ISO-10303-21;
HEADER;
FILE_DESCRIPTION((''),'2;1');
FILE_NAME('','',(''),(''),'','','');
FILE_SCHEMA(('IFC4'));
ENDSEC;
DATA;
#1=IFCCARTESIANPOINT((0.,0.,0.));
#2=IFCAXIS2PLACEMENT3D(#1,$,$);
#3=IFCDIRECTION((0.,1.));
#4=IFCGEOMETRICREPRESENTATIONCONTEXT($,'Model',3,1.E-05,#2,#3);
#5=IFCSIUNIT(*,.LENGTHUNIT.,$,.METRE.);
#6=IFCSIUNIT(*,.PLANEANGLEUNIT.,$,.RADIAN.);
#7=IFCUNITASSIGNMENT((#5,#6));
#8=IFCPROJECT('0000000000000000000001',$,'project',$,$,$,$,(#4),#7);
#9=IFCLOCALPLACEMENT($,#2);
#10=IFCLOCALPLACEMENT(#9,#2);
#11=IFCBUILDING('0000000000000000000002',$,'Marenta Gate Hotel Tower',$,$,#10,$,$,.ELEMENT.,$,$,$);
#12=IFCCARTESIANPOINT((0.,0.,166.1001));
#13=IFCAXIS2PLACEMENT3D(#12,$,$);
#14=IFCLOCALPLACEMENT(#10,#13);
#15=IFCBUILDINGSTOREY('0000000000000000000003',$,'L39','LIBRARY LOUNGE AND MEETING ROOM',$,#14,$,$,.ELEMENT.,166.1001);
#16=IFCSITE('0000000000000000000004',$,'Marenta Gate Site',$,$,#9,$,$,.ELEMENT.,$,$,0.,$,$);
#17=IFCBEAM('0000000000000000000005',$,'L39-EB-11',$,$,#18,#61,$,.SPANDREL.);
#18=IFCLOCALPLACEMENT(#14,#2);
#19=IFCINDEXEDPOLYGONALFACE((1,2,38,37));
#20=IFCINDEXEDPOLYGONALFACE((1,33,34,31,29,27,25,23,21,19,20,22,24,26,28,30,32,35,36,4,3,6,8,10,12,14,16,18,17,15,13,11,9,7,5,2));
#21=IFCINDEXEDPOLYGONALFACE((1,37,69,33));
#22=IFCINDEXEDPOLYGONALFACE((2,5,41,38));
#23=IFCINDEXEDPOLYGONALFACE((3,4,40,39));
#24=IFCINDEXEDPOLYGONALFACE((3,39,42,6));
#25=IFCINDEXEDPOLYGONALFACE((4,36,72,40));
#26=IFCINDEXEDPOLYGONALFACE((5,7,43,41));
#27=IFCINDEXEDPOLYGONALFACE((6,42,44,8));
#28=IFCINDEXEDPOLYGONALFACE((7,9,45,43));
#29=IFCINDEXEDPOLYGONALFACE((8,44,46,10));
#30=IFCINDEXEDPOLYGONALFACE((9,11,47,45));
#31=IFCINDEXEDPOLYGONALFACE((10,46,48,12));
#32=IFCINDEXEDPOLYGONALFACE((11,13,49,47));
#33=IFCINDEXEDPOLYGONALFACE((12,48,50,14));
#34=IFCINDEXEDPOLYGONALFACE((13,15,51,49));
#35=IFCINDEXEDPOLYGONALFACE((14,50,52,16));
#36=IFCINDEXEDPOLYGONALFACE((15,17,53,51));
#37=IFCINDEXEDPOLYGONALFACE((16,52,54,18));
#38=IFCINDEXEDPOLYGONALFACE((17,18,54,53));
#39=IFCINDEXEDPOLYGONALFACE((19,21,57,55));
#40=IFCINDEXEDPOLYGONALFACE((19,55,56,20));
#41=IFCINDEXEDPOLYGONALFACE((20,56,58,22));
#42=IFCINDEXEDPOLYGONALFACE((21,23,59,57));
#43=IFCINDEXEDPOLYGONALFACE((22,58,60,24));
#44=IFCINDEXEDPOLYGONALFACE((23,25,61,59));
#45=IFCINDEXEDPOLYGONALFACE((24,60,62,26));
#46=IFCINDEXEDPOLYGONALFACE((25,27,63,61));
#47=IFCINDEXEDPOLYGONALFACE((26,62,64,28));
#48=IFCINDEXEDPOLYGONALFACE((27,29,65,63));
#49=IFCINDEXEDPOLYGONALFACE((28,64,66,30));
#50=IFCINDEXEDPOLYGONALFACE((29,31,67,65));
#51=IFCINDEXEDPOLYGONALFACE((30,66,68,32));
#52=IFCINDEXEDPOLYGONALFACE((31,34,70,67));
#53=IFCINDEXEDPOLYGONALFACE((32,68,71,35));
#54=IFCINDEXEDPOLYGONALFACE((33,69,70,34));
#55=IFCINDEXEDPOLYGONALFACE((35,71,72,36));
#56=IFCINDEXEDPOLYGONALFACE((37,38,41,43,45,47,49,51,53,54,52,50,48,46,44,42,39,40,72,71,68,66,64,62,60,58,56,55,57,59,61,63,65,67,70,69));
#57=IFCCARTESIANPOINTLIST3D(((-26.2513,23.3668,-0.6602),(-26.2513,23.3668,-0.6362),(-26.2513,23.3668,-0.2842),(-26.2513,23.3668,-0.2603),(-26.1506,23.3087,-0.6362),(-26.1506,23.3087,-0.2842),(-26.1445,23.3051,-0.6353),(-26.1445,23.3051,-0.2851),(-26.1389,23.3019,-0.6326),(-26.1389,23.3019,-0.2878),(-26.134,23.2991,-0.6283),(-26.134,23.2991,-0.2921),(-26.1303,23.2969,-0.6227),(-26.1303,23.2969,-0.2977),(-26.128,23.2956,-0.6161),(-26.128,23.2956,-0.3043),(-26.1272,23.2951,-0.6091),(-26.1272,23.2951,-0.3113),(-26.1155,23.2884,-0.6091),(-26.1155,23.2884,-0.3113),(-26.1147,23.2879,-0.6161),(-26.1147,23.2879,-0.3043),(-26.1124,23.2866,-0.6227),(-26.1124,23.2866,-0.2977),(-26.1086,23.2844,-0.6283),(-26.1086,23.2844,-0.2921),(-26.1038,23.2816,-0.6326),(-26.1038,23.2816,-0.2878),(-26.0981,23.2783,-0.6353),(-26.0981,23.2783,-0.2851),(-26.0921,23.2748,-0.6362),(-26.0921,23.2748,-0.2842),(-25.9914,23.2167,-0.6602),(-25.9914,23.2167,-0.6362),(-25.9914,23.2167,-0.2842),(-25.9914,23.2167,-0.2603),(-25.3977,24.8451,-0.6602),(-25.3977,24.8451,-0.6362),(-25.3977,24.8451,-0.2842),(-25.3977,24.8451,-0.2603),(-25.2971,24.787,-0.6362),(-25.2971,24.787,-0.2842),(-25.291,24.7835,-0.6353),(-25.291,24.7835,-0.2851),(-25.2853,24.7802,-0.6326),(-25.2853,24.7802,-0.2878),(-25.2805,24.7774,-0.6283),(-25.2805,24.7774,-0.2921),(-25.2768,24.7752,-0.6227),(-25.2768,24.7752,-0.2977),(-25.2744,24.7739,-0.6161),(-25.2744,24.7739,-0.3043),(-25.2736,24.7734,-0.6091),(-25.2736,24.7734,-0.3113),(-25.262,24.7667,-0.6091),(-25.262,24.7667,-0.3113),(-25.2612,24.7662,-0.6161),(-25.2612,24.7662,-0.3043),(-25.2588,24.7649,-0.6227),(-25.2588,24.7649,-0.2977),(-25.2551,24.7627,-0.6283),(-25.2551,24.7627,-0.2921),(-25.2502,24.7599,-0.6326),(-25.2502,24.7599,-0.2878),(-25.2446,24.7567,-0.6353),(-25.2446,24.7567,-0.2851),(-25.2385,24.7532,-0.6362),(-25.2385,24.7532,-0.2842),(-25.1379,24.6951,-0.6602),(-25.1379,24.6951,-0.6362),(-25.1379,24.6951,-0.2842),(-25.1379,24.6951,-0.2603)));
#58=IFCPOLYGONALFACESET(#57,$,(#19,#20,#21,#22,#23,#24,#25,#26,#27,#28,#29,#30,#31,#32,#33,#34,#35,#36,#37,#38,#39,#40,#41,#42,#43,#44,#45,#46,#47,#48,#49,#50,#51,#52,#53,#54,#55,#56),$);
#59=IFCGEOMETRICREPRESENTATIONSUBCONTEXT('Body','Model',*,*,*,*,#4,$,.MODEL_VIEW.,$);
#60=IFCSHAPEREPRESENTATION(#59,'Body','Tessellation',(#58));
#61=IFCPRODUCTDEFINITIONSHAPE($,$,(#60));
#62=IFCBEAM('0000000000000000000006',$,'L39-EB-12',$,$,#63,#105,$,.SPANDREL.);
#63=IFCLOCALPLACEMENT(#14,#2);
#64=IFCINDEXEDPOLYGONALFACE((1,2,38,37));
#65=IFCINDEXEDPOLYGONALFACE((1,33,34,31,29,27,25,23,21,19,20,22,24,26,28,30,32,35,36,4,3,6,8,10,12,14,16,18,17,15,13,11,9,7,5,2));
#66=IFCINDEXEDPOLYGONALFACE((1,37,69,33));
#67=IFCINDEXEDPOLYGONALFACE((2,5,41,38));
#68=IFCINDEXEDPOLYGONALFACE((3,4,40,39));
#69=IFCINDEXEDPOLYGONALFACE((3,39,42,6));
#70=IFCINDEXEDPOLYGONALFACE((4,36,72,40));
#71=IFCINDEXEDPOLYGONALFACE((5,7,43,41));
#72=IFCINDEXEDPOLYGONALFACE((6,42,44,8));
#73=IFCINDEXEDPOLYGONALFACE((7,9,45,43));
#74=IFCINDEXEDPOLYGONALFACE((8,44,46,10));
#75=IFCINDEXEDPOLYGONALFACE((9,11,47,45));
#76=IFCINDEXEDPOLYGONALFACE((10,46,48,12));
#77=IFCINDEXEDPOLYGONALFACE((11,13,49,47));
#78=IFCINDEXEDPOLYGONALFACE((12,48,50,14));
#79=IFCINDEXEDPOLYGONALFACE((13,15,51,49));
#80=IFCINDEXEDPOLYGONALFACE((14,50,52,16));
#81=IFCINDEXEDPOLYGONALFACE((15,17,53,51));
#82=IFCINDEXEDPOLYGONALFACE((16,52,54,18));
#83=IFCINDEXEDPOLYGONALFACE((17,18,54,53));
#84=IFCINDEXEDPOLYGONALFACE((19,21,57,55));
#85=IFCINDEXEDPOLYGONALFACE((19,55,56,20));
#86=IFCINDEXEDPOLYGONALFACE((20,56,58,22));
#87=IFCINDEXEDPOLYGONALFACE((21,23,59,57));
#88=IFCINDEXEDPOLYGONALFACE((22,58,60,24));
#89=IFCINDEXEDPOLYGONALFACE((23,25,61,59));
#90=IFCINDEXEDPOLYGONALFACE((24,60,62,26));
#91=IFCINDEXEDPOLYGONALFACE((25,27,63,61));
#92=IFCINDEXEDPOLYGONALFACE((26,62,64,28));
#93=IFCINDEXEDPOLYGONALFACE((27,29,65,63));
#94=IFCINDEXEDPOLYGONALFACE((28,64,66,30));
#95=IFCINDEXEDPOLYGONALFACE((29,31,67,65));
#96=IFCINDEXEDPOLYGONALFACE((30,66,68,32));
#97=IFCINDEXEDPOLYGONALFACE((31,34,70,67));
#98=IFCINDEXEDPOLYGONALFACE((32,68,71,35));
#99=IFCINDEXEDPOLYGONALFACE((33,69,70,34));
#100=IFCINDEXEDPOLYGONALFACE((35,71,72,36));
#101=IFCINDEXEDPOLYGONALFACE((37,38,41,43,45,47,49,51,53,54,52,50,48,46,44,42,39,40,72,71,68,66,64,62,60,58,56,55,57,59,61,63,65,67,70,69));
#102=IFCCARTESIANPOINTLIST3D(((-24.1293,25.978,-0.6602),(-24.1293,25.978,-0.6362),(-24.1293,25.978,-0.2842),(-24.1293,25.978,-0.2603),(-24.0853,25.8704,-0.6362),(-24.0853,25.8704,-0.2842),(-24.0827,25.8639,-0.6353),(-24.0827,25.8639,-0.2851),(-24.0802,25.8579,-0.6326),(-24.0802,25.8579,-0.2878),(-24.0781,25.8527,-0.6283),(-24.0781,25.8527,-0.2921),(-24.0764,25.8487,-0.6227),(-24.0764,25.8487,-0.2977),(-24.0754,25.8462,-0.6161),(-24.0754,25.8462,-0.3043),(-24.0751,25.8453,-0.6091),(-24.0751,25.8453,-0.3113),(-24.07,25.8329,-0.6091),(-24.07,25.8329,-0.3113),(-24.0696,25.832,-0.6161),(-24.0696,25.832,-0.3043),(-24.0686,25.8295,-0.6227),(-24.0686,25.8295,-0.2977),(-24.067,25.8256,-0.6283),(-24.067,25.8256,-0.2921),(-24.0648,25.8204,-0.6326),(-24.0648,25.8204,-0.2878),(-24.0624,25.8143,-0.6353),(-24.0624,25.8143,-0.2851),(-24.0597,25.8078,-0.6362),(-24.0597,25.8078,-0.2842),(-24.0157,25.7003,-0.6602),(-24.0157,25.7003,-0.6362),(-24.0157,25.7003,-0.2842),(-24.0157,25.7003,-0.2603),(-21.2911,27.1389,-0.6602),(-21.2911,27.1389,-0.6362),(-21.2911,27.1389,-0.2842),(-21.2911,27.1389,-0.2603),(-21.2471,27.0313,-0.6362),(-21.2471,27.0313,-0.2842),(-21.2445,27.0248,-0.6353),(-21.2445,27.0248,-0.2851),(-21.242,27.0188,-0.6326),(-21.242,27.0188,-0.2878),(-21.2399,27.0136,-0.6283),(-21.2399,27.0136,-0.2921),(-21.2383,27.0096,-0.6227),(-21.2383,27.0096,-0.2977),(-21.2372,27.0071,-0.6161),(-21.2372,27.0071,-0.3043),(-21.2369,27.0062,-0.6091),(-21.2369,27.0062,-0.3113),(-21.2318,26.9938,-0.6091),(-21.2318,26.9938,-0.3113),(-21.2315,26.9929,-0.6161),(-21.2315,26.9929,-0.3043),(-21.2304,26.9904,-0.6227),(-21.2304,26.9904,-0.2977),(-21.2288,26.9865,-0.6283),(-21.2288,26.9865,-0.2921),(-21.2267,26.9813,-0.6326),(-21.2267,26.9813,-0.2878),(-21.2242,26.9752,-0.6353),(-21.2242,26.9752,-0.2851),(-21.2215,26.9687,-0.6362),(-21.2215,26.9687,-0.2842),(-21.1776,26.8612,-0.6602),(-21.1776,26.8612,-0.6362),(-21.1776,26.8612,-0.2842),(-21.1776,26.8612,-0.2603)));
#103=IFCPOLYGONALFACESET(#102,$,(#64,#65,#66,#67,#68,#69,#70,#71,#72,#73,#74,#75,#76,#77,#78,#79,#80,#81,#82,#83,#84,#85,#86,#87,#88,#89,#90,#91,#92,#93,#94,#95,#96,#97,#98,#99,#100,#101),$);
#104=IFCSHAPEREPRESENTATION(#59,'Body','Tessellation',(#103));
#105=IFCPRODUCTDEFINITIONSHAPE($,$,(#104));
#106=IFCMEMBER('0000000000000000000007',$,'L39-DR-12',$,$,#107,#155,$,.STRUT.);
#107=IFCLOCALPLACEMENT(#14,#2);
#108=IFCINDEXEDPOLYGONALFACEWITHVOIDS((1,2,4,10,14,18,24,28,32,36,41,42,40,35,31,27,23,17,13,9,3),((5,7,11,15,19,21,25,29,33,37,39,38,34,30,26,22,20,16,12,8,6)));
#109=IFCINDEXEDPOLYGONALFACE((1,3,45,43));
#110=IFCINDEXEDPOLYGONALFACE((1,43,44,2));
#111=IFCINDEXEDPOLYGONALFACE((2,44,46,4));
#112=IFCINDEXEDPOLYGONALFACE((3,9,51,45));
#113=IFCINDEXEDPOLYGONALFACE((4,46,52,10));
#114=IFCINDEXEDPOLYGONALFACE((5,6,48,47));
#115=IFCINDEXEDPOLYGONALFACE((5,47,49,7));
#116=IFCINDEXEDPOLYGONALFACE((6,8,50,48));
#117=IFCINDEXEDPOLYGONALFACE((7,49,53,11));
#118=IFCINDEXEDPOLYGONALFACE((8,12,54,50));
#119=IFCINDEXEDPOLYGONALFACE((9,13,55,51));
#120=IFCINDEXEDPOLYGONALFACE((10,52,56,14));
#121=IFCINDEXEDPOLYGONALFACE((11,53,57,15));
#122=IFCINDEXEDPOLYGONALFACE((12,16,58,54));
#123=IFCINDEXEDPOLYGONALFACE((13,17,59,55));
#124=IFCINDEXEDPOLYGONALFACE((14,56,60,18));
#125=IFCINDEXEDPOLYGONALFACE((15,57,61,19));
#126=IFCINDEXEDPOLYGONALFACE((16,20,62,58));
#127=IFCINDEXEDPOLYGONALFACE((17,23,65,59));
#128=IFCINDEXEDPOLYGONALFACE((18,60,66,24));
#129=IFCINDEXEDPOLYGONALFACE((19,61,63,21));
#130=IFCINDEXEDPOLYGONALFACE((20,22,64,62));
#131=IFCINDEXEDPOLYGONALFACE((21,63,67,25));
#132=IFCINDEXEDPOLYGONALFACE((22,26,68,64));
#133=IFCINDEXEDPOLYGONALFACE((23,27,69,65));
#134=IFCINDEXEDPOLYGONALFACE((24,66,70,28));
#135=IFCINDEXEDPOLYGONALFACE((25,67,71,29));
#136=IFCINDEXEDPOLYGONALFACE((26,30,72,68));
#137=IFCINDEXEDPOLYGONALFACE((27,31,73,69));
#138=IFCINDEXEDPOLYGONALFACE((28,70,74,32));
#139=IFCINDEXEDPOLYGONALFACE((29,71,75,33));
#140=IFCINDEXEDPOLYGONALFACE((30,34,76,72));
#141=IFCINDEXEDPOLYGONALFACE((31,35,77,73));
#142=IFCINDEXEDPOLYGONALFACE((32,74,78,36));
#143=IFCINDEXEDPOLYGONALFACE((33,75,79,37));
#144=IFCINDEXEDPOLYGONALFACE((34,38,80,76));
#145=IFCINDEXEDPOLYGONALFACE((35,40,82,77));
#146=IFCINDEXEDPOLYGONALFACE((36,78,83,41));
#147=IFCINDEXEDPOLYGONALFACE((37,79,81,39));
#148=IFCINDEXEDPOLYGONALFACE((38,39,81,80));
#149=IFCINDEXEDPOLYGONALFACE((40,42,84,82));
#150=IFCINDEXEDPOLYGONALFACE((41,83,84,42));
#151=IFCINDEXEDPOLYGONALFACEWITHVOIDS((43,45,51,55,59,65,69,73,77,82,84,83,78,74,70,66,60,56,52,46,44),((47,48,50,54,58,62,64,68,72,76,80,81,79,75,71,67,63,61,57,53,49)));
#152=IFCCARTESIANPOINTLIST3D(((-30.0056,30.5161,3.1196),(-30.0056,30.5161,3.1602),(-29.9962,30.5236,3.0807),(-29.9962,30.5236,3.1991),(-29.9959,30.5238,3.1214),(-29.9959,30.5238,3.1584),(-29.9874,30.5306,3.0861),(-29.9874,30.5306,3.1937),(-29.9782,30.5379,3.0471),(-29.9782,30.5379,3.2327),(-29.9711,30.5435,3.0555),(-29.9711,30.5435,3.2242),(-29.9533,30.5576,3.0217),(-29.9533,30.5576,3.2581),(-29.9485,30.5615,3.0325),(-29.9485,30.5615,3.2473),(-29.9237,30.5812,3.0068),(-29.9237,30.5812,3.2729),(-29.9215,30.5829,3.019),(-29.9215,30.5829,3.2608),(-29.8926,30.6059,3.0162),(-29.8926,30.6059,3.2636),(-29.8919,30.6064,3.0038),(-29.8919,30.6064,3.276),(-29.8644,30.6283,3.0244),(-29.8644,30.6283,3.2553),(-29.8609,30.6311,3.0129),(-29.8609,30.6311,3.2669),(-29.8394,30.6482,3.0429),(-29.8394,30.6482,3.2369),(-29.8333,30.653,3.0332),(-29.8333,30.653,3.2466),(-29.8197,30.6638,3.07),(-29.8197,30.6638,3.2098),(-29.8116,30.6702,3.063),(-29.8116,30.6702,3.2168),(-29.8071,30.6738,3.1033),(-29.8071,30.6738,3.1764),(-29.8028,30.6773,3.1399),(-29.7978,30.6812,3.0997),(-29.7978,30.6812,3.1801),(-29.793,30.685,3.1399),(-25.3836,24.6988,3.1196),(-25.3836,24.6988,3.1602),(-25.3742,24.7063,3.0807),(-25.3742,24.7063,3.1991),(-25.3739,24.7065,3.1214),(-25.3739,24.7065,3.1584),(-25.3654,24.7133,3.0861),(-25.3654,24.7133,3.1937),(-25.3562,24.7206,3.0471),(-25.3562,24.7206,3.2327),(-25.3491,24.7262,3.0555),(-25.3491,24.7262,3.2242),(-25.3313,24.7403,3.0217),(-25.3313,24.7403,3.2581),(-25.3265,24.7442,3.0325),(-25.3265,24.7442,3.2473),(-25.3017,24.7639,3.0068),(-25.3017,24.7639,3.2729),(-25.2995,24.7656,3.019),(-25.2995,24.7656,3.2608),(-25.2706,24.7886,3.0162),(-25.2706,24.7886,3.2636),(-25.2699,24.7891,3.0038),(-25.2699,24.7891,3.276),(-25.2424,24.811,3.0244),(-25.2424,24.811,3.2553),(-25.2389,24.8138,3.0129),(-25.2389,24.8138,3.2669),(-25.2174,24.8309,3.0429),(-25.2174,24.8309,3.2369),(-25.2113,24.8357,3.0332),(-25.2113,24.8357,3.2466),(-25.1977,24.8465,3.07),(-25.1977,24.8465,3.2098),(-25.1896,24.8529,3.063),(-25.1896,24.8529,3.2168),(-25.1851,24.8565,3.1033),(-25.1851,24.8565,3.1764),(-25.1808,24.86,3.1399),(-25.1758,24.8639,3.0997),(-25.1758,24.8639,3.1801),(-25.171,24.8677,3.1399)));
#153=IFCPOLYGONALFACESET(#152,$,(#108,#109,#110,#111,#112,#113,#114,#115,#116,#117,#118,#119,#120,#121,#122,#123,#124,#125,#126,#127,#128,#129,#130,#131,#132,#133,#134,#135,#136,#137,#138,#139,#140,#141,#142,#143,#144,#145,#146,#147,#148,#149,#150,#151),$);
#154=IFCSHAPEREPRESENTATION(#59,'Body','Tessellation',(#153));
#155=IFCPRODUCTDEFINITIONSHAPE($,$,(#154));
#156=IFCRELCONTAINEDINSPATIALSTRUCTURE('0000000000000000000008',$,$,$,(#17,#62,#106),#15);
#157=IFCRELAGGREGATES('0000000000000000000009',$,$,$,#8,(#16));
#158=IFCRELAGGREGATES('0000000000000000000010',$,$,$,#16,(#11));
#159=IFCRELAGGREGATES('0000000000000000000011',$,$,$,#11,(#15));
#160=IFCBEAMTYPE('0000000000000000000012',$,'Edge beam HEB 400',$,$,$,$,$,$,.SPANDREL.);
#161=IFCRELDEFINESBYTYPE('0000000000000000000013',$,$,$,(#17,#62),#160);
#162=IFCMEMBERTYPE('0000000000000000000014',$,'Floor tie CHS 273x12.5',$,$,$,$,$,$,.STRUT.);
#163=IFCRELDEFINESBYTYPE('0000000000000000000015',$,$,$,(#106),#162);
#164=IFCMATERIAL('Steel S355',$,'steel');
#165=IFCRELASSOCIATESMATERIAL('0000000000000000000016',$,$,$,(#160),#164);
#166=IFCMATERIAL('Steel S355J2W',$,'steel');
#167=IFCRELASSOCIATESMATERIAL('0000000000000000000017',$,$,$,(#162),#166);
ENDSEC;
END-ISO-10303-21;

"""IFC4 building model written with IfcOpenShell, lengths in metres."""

from ifc_helpers import new_model, si_unit, direction, frame, origin, origin_2d, place, context, subcontext, project, spatial, hollow_circle, i_section, extrude, material, material_profile, profile_set, type_object, element, save


model = new_model("IFC4")

# Units and contexts
model_context = context("Model", 3, precision=1e-05, world=origin(), true_north=direction((0.0, 1.0)))
body_context = subcontext(model_context, "Body", "Model", "MODEL_VIEW")
ifc_project = project(units=[si_unit("LENGTHUNIT", "METRE"), si_unit("PLANEANGLEUNIT", "RADIAN")], contexts=[model_context])

# Site, building, storey
site_placement = place(None, origin())
site = spatial("IfcSite", under=ifc_project, at=site_placement, Name="Marenta Gate Site", CompositionType="ELEMENT", RefElevation=0.0)
building_placement = place(site_placement, origin())
building = spatial("IfcBuilding", under=site, at=building_placement, Name="Marenta Gate Hotel Tower", CompositionType="ELEMENT")
storey_placement = place(building_placement, frame((0.0, 0.0, 166.1001)))
storey = spatial("IfcBuildingStorey", under=building, at=storey_placement, Name="L39", Description="LIBRARY LOUNGE AND MEETING ROOM", CompositionType="ELEMENT", Elevation=166.1001)

# Beams
ifc_material_1 = material(Name="Steel S355", Category="steel")
ifc_material_profile_1 = material_profile(ifc_material_1, i_section(OverallWidth=0.3, OverallDepth=0.3999, WebThickness=0.0134, FlangeThickness=0.0239, FilletRadius=0.0271, at=origin_2d()), Name="HEB 400")
ifc_profile_set_1 = profile_set([ifc_material_profile_1], Name="Steel S355")
beam_type_1 = type_object("IfcBeamType", Name="Edge beam HEB 400", PredefinedType="SPANDREL", material=ifc_profile_set_1)
beam_1_placement = place(storey_placement, frame((-26.1213, 23.2917, -0.4602), z_axis=(0.500015, 0.866016, 0.0), x_axis=(-0.866016, 0.500015, 0.0)))
element("IfcBeam", 1, at=beam_1_placement, inside=storey, type_object=beam_type_1, Name="L39-EB-11", PredefinedType="SPANDREL", context=body_context, shape_type="SweptSolid", body=[
    extrude(i_section(OverallWidth=0.3, OverallDepth=0.3999, WebThickness=0.0134, FlangeThickness=0.0239, FilletRadius=0.0271, at=origin_2d()), origin(), (0.0, 0.0, 1.0), 1.707),
])
beam_2_placement = place(storey_placement, frame((-24.0725, 25.8391, -0.4602), z_axis=(0.925566, 0.378586, 0.0), x_axis=(-0.378586, 0.925566, 0.0)))
element("IfcBeam", 2, at=beam_2_placement, inside=storey, type_object=beam_type_1, Name="L39-EB-12", PredefinedType="SPANDREL", context=body_context, shape_type="SweptSolid", body=[
    extrude(i_section(OverallWidth=0.3, OverallDepth=0.3999, WebThickness=0.0134, FlangeThickness=0.0239, FilletRadius=0.0271, at=origin_2d()), origin(), (0.0, 0.0, 1.0), 3.0664),
])

# Member
ifc_material_2 = material(Name="Steel S355J2W", Category="steel")
ifc_material_profile_2 = material_profile(ifc_material_2, hollow_circle(Radius=0.1365, WallThickness=0.0125, at=origin_2d()), Name="CHS 273x12.5")
ifc_profile_set_2 = profile_set([ifc_material_profile_2], Name="Steel S355J2W")
member_type_1 = type_object("IfcMemberType", Name="Floor tie CHS 273x12.5", PredefinedType="STRUT", material=ifc_profile_set_2)
member_1_placement = place(storey_placement, frame((-29.8999, 30.6001, 3.1399), z_axis=(0.622079, -0.782955, 0.0), x_axis=(0.782955, 0.622079, 0.0)))
element("IfcMember", 3, at=member_1_placement, inside=storey, type_object=member_type_1, Name="L39-DR-12", PredefinedType="STRUT", context=body_context, shape_type="SweptSolid", body=[
    extrude(hollow_circle(Radius=0.1365, WallThickness=0.0125, at=origin_2d()), origin(), (0.0, 0.0, 1.0), 7.4299),
])

save(model, "model.ifc")
